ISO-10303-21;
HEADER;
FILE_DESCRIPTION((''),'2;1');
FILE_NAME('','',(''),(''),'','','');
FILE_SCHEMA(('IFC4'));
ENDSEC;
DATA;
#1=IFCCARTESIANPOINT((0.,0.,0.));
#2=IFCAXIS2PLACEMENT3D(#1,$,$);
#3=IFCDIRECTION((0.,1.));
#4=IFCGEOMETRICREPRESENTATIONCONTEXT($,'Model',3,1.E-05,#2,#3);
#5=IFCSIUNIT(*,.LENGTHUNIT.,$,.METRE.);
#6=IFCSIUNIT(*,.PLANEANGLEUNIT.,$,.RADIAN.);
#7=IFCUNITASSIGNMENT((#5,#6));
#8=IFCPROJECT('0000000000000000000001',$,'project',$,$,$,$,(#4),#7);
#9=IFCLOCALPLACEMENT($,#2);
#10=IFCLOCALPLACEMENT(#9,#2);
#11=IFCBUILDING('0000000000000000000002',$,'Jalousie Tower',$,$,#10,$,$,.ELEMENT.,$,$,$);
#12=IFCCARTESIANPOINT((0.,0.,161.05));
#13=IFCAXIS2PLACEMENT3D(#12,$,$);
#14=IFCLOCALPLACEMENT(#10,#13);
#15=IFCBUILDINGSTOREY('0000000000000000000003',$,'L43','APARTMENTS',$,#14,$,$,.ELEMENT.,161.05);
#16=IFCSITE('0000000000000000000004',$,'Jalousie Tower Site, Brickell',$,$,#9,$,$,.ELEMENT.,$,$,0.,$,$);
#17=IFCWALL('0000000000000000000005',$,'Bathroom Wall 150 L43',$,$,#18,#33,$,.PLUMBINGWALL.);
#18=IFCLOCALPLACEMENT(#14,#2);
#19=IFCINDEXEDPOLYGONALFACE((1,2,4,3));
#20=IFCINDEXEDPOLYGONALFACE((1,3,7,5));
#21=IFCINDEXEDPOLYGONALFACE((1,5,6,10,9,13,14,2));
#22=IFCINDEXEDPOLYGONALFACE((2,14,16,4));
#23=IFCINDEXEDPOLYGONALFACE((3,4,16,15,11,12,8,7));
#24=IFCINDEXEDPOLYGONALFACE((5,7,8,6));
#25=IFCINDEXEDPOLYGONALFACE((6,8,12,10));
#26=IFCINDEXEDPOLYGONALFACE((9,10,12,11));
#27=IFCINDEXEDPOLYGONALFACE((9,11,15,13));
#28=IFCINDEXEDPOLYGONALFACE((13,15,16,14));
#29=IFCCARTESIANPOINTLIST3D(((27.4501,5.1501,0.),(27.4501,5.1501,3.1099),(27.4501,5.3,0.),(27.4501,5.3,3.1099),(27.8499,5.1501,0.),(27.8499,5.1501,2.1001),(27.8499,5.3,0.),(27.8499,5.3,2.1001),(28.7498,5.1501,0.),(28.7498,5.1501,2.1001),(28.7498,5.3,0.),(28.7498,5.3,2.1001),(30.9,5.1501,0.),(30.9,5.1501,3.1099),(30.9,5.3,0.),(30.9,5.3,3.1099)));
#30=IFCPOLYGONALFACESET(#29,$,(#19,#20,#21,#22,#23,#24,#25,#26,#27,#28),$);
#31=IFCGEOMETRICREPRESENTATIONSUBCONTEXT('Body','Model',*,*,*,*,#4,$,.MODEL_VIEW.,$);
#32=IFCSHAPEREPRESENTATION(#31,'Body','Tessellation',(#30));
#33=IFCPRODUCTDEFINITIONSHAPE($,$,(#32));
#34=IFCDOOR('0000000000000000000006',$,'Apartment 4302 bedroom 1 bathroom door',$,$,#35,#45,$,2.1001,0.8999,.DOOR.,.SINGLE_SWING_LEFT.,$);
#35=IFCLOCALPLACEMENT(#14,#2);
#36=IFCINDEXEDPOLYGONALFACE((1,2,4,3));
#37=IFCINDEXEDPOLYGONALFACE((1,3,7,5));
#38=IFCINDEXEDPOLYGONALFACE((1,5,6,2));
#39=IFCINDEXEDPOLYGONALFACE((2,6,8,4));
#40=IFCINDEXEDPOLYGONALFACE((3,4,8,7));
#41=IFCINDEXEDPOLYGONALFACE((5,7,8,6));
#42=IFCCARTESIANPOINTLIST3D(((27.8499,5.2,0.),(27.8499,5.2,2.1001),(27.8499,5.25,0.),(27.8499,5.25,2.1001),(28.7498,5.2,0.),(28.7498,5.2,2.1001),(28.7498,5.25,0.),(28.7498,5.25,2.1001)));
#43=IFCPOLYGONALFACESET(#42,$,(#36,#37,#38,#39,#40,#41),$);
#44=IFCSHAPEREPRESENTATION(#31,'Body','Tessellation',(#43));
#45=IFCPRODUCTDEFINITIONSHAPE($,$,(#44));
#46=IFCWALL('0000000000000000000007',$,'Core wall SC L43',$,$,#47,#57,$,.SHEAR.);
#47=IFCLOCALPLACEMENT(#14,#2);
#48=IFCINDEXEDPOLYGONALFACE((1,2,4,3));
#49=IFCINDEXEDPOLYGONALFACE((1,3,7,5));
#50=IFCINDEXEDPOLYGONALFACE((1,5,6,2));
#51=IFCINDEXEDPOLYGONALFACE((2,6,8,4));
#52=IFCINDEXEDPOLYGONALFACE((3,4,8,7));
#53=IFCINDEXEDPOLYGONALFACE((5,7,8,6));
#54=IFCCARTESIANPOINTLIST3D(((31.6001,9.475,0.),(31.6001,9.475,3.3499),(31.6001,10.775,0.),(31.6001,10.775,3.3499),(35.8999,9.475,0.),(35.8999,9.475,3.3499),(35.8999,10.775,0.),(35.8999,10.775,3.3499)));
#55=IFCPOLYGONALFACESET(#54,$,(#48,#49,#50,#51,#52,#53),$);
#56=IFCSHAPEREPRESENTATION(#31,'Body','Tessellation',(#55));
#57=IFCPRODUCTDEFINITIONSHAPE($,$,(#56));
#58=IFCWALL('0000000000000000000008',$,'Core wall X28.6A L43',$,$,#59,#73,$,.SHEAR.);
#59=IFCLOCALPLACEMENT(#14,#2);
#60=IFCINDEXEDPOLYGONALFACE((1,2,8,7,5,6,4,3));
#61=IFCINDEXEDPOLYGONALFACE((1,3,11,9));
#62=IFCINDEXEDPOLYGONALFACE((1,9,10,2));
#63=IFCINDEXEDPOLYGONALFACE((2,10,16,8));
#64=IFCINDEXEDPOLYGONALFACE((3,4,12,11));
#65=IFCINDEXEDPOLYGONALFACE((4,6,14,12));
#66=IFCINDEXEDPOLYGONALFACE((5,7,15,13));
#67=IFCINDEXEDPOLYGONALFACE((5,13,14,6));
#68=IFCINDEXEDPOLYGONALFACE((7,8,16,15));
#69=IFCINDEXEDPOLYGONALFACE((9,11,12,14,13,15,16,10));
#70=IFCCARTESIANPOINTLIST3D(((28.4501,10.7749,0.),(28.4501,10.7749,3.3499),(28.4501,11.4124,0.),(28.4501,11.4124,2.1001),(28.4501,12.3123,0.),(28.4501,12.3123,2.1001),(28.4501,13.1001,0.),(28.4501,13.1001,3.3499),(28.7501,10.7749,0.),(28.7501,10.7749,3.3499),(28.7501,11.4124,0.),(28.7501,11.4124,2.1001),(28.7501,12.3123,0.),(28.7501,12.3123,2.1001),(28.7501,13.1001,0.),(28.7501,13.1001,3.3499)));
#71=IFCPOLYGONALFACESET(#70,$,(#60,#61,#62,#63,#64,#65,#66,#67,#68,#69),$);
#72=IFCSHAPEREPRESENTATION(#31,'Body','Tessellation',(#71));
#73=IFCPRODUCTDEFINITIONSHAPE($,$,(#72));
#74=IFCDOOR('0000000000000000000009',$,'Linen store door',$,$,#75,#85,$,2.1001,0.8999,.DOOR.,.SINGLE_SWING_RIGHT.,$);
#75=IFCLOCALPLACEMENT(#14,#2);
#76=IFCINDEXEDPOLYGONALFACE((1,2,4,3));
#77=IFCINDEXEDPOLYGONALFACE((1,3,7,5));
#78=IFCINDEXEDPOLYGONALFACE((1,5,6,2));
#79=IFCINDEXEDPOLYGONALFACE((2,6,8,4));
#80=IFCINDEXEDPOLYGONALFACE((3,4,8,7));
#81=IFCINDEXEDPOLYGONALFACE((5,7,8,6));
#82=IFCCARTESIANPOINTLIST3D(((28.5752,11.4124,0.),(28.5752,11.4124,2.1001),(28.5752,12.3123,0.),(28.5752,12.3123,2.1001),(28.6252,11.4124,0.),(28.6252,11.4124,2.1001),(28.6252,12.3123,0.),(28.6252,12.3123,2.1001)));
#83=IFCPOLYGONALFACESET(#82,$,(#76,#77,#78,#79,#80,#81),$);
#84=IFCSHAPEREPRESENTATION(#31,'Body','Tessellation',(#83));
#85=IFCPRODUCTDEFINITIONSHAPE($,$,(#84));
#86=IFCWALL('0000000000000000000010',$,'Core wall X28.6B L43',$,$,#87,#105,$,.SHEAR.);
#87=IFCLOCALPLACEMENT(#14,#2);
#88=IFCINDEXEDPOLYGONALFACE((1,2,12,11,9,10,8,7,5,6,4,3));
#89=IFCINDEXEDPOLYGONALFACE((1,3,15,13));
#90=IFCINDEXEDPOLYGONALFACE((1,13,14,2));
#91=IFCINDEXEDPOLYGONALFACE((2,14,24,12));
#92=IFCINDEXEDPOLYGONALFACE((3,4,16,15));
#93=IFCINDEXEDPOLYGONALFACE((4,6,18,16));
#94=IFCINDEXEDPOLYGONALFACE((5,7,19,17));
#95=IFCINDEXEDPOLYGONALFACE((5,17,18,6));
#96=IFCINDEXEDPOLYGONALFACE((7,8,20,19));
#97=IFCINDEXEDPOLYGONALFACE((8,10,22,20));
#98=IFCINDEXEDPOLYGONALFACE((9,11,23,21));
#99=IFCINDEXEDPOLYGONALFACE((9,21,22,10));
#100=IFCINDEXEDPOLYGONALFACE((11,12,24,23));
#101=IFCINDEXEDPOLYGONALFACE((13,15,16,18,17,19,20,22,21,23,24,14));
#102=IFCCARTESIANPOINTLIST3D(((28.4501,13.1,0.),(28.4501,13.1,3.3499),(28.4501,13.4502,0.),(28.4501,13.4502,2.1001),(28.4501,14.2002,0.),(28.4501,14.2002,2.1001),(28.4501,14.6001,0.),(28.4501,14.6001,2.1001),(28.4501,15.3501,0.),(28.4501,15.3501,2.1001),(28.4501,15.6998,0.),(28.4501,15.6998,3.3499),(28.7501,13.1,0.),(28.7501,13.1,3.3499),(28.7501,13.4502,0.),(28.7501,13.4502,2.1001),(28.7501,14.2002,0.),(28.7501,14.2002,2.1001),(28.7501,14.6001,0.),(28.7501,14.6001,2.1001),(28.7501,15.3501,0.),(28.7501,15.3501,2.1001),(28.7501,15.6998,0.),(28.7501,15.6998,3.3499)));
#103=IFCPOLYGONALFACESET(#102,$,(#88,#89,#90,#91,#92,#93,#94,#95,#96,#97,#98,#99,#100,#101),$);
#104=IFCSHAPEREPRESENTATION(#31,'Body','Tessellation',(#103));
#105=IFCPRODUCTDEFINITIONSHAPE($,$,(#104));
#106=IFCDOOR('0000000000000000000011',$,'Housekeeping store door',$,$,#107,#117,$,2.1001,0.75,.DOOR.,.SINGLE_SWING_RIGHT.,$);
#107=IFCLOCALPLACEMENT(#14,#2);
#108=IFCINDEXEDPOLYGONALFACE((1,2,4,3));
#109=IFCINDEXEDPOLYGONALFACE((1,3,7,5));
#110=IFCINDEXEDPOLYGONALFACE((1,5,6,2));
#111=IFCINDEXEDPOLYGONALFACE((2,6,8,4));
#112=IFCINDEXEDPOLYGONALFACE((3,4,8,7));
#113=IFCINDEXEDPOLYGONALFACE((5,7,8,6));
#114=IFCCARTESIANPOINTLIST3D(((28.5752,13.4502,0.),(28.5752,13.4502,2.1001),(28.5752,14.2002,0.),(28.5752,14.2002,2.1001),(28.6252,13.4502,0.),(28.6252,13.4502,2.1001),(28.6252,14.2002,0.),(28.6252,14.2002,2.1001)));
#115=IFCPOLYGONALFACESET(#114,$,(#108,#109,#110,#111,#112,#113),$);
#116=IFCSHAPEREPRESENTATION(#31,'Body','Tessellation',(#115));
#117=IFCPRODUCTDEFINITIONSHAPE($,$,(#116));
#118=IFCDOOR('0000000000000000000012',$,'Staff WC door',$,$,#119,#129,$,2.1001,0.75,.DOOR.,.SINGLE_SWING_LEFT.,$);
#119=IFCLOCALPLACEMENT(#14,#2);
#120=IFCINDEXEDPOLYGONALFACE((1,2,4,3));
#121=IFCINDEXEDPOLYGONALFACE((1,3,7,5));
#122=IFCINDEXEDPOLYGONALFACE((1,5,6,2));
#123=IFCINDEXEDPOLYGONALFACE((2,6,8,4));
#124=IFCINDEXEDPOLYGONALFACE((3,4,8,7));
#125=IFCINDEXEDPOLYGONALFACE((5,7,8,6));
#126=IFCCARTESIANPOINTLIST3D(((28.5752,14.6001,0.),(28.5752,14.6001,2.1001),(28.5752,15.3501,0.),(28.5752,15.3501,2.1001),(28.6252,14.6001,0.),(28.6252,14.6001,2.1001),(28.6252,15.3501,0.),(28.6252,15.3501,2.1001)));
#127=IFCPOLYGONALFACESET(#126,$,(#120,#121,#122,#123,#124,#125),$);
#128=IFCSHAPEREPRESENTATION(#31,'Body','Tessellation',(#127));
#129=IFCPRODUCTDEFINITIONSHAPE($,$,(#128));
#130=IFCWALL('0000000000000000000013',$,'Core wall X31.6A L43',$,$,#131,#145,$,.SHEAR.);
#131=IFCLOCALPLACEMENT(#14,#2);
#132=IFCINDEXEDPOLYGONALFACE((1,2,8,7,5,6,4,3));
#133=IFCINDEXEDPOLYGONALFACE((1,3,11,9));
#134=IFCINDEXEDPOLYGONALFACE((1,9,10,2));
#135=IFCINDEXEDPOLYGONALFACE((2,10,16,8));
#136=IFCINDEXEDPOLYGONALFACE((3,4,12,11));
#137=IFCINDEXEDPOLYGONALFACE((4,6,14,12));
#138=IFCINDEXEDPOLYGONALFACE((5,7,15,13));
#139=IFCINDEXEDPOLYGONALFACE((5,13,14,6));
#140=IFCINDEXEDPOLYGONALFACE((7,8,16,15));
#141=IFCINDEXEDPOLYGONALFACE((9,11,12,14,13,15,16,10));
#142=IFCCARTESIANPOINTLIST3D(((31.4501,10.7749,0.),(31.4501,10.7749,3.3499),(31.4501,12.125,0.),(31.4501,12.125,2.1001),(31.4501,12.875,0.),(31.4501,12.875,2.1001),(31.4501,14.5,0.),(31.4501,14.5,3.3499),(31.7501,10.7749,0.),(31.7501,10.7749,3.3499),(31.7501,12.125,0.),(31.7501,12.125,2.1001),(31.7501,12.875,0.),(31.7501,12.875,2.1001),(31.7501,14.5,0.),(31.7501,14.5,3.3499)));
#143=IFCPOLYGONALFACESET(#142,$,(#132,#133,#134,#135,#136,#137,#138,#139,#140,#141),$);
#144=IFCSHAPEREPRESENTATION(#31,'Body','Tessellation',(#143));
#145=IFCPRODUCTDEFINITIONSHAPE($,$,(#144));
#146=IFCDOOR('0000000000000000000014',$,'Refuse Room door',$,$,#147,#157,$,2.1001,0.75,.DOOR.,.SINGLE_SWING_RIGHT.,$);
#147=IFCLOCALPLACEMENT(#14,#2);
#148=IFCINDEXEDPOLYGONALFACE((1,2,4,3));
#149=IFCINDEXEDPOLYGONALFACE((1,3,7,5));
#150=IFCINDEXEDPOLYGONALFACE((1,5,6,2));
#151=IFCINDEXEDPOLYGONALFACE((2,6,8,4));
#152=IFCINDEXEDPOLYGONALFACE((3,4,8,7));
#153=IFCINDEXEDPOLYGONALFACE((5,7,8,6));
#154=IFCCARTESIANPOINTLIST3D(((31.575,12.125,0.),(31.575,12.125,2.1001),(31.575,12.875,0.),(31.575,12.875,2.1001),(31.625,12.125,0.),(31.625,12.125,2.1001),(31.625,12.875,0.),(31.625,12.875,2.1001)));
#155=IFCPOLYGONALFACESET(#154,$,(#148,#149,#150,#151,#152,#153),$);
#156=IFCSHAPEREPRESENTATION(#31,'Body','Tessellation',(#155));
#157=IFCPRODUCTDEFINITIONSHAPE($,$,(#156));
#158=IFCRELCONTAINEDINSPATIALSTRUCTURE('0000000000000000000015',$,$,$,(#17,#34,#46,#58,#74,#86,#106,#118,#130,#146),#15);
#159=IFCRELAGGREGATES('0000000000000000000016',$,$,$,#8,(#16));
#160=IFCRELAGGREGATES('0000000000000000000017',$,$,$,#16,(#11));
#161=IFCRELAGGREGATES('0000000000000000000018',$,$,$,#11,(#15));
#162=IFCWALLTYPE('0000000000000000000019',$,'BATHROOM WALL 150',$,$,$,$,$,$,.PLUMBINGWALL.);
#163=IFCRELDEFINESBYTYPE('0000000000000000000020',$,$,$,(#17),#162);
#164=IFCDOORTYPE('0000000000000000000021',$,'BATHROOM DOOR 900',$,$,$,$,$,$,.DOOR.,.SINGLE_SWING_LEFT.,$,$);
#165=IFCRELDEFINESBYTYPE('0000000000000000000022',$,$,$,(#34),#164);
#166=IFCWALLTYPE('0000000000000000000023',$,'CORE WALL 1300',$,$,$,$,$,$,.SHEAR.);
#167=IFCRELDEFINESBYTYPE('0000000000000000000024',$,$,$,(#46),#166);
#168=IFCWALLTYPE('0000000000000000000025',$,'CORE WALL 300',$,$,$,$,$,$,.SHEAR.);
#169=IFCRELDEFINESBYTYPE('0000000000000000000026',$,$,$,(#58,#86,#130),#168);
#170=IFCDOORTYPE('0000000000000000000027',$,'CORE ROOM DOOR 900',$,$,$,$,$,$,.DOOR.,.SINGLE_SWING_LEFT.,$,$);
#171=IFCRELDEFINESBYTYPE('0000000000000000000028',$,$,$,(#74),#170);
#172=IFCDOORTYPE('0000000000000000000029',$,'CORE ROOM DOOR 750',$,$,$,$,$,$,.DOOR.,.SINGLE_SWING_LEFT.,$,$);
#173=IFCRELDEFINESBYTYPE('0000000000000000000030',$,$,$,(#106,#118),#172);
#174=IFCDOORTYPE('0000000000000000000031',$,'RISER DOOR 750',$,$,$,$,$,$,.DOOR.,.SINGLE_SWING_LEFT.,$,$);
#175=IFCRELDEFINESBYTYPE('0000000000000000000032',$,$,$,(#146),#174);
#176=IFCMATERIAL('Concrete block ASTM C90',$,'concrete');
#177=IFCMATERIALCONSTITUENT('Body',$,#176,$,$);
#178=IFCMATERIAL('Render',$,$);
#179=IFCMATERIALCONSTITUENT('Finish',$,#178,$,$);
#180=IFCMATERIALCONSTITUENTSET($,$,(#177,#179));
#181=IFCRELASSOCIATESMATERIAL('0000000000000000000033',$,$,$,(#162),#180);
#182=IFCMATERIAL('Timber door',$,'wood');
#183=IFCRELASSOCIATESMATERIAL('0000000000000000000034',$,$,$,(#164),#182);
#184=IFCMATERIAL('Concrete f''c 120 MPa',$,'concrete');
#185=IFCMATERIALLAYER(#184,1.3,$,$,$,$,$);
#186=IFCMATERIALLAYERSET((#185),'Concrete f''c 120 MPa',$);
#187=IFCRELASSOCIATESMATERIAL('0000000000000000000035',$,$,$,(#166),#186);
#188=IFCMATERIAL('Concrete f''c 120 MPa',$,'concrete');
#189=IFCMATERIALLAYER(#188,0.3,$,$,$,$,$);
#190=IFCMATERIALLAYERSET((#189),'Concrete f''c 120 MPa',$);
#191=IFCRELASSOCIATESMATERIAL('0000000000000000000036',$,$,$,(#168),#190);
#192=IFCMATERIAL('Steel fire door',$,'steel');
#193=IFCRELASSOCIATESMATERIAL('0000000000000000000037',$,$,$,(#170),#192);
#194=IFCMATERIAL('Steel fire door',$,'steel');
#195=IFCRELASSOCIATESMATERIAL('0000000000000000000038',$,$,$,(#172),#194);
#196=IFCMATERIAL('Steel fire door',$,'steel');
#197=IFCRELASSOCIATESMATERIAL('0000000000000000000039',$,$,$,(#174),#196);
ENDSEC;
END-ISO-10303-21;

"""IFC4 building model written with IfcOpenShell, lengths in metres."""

from ifc_helpers import new_model, si_unit, direction, frame, frame_2d, origin, place, context, subcontext, project, spatial, rectangle, extrude, material, layer, layer_set, constituent, constituent_set, type_object, element, fill, save


model = new_model("IFC4")

# Units and contexts
model_context = context("Model", 3, precision=1e-05, world=origin(), true_north=direction((0.0, 1.0)))
body_context = subcontext(model_context, "Body", "Model", "MODEL_VIEW")
ifc_project = project(units=[si_unit("LENGTHUNIT", "METRE"), si_unit("PLANEANGLEUNIT", "RADIAN")], contexts=[model_context])

# Site, building, storey
site_placement = place(None, origin())
site = spatial("IfcSite", under=ifc_project, at=site_placement, Name="Jalousie Tower Site, Brickell", CompositionType="ELEMENT", RefElevation=0.0)
building_placement = place(site_placement, origin())
building = spatial("IfcBuilding", under=site, at=building_placement, Name="Jalousie Tower", CompositionType="ELEMENT")
storey_placement = place(building_placement, frame((0.0, 0.0, 161.05)))
storey = spatial("IfcBuildingStorey", under=building, at=storey_placement, Name="L43", Description="APARTMENTS", CompositionType="ELEMENT", Elevation=161.05)

# Wall, opening, door
ifc_material_1 = material(Name="Concrete block ASTM C90", Category="concrete")
ifc_constituent_1 = constituent(ifc_material_1, Name="Body")
ifc_material_2 = material(Name="Render")
ifc_constituent_2 = constituent(ifc_material_2, Name="Finish")
ifc_constituent_set_1 = constituent_set(constituents=[ifc_constituent_1, ifc_constituent_2])
wall_type_1 = type_object("IfcWallType", Name="BATHROOM WALL 150", PredefinedType="PLUMBINGWALL", material=ifc_constituent_set_1)
wall_1_placement = place(storey_placement, frame((27.45, 5.2251, 0.0), z_axis=(0.0, 0.0, 1.0), x_axis=(1.0, 0.0, 0.0)))
wall_1 = element("IfcWall", 1, at=wall_1_placement, inside=storey, type_object=wall_type_1, Name="Bathroom Wall 150 L43", PredefinedType="PLUMBINGWALL", context=body_context, shape_type="SweptSolid", body=[
    extrude(rectangle(XDim=3.45, YDim=0.1499, at=frame_2d((1.7251, 0.0))), origin(), (0.0, 0.0, 1.0), 3.1099),
])
opening_1_placement = place(wall_1_placement, frame((0.3999, 0.0, 0.0)))
opening_1 = element("IfcOpeningElement", 2, at=opening_1_placement, cuts=wall_1, PredefinedType="OPENING", context=body_context, shape_type="SweptSolid", body=[
    extrude(rectangle(XDim=0.8999, YDim=2.1001, at=frame_2d((0.45, 1.05))), frame((0.0, 0.085, 0.0), z_axis=(0.0, -1.0, 0.0), x_axis=(1.0, 0.0, 0.0)), (0.0, 0.0, 1.0), 0.1699),
])
ifc_material_3 = material(Name="Timber door", Category="wood")
door_type_1 = type_object("IfcDoorType", Name="BATHROOM DOOR 900", OperationType="SINGLE_SWING_LEFT", PredefinedType="DOOR", material=ifc_material_3)
door_1_placement = place(opening_1_placement, origin())
door_1 = element("IfcDoor", 3, at=door_1_placement, inside=storey, type_object=door_type_1, Name="Apartment 4302 bedroom 1 bathroom door", OperationType="SINGLE_SWING_LEFT", OverallHeight=2.1001, OverallWidth=0.8999, PredefinedType="DOOR", context=body_context, shape_type="SweptSolid", body=[
    extrude(rectangle(XDim=0.8999, YDim=2.1001, at=frame_2d((0.45, 1.05))), frame((0.0, 0.0249, 0.0), z_axis=(0.0, -1.0, 0.0), x_axis=(1.0, 0.0, 0.0)), (0.0, 0.0, 1.0), 0.05),
])
fill(opening_1, door_1)

# Wall
ifc_material_4 = material(Name="Concrete f'c 120 MPa", Category="concrete")
ifc_layer_1 = layer(ifc_material_4, 1.3)
ifc_layer_set_1 = layer_set([ifc_layer_1], Name="Concrete f'c 120 MPa")
wall_type_2 = type_object("IfcWallType", Name="CORE WALL 1300", PredefinedType="SHEAR", material=ifc_layer_set_1)
wall_2_placement = place(storey_placement, frame((31.6001, 10.125, 0.0), z_axis=(0.0, 0.0, 1.0), x_axis=(1.0, 0.0, 0.0)))
element("IfcWall", 4, at=wall_2_placement, inside=storey, type_object=wall_type_2, Name="Core wall SC L43", PredefinedType="SHEAR", context=body_context, shape_type="SweptSolid", body=[
    extrude(rectangle(XDim=4.2998, YDim=1.3, at=frame_2d((2.1499, 0.0))), origin(), (0.0, 0.0, 1.0), 3.3499),
])

# Wall, opening, door
ifc_material_5 = material(Name="Concrete f'c 120 MPa", Category="concrete")
ifc_layer_2 = layer(ifc_material_5, 0.3)
ifc_layer_set_2 = layer_set([ifc_layer_2], Name="Concrete f'c 120 MPa")
wall_type_3 = type_object("IfcWallType", Name="CORE WALL 300", PredefinedType="SHEAR", material=ifc_layer_set_2)
wall_3_placement = place(storey_placement, frame((28.6001, 10.7749, 0.0), z_axis=(0.0, 0.0, 1.0), x_axis=(0.0, 1.0, 0.0)))
wall_3 = element("IfcWall", 5, at=wall_3_placement, inside=storey, type_object=wall_type_3, Name="Core wall X28.6A L43", PredefinedType="SHEAR", context=body_context, shape_type="SweptSolid", body=[
    extrude(rectangle(XDim=2.3252, YDim=0.3, at=frame_2d((1.1626, 0.0))), origin(), (0.0, 0.0, 1.0), 3.3499),
])
opening_2_placement = place(wall_3_placement, frame((0.6375, 0.0, 0.0)))
opening_2 = element("IfcOpeningElement", 6, at=opening_2_placement, cuts=wall_3, PredefinedType="OPENING", context=body_context, shape_type="SweptSolid", body=[
    extrude(rectangle(XDim=0.8999, YDim=2.1001, at=frame_2d((0.45, 1.05))), frame((0.0, 0.1599, 0.0), z_axis=(0.0, -1.0, 0.0), x_axis=(1.0, 0.0, 0.0)), (0.0, 0.0, 1.0), 0.3201),
])
ifc_material_6 = material(Name="Steel fire door", Category="steel")
door_type_2 = type_object("IfcDoorType", Name="CORE ROOM DOOR 900", OperationType="SINGLE_SWING_LEFT", PredefinedType="DOOR", material=ifc_material_6)
door_2_placement = place(opening_2_placement, origin())
door_2 = element("IfcDoor", 7, at=door_2_placement, inside=storey, type_object=door_type_2, Name="Linen store door", OperationType="SINGLE_SWING_RIGHT", OverallHeight=2.1001, OverallWidth=0.8999, PredefinedType="DOOR", context=body_context, shape_type="SweptSolid", body=[
    extrude(rectangle(XDim=0.8999, YDim=2.1001, at=frame_2d((0.45, 1.05))), frame((0.0, 0.0249, 0.0), z_axis=(0.0, -1.0, 0.0), x_axis=(1.0, 0.0, 0.0)), (0.0, 0.0, 1.0), 0.05),
])
fill(opening_2, door_2)

# Wall, openings, doors
wall_4_placement = place(storey_placement, frame((28.6001, 13.1001, 0.0), z_axis=(0.0, 0.0, 1.0), x_axis=(0.0, 1.0, 0.0)))
wall_4 = element("IfcWall", 8, at=wall_4_placement, inside=storey, type_object=wall_type_3, Name="Core wall X28.6B L43", PredefinedType="SHEAR", context=body_context, shape_type="SweptSolid", body=[
    extrude(rectangle(XDim=2.5999, YDim=0.3, at=frame_2d((1.2998, 0.0))), origin(), (0.0, 0.0, 1.0), 3.3499),
])
opening_3_placement = place(wall_4_placement, frame((0.3501, 0.0, 0.0)))
opening_3 = element("IfcOpeningElement", 9, at=opening_3_placement, cuts=wall_4, PredefinedType="OPENING", context=body_context, shape_type="SweptSolid", body=[
    extrude(rectangle(XDim=0.75, YDim=2.1001, at=frame_2d((0.375, 1.05))), frame((0.0, 0.1599, 0.0), z_axis=(0.0, -1.0, 0.0), x_axis=(1.0, 0.0, 0.0)), (0.0, 0.0, 1.0), 0.3201),
])
opening_4_placement = place(wall_4_placement, frame((1.5, 0.0, 0.0)))
opening_4 = element("IfcOpeningElement", 10, at=opening_4_placement, cuts=wall_4, PredefinedType="OPENING", context=body_context, shape_type="SweptSolid", body=[
    extrude(rectangle(XDim=0.75, YDim=2.1001, at=frame_2d((0.375, 1.05))), frame((0.0, 0.1599, 0.0), z_axis=(0.0, -1.0, 0.0), x_axis=(1.0, 0.0, 0.0)), (0.0, 0.0, 1.0), 0.3201),
])
ifc_material_7 = material(Name="Steel fire door", Category="steel")
door_type_3 = type_object("IfcDoorType", Name="CORE ROOM DOOR 750", OperationType="SINGLE_SWING_LEFT", PredefinedType="DOOR", material=ifc_material_7)
door_3_placement = place(opening_3_placement, origin())
door_3 = element("IfcDoor", 11, at=door_3_placement, inside=storey, type_object=door_type_3, Name="Housekeeping store door", OperationType="SINGLE_SWING_RIGHT", OverallHeight=2.1001, OverallWidth=0.75, PredefinedType="DOOR", context=body_context, shape_type="SweptSolid", body=[
    extrude(rectangle(XDim=0.75, YDim=2.1001, at=frame_2d((0.375, 1.05))), frame((0.0, 0.0249, 0.0), z_axis=(0.0, -1.0, 0.0), x_axis=(1.0, 0.0, 0.0)), (0.0, 0.0, 1.0), 0.05),
])
fill(opening_3, door_3)
door_4_placement = place(opening_4_placement, origin())
door_4 = element("IfcDoor", 12, at=door_4_placement, inside=storey, type_object=door_type_3, Name="Staff WC door", OperationType="SINGLE_SWING_LEFT", OverallHeight=2.1001, OverallWidth=0.75, PredefinedType="DOOR", context=body_context, shape_type="SweptSolid", body=[
    extrude(rectangle(XDim=0.75, YDim=2.1001, at=frame_2d((0.375, 1.05))), frame((0.0, 0.0249, 0.0), z_axis=(0.0, -1.0, 0.0), x_axis=(1.0, 0.0, 0.0)), (0.0, 0.0, 1.0), 0.05),
])
fill(opening_4, door_4)

# Wall, opening, door
wall_5_placement = place(storey_placement, frame((31.6001, 10.7749, 0.0), z_axis=(0.0, 0.0, 1.0), x_axis=(0.0, 1.0, 0.0)))
wall_5 = element("IfcWall", 13, at=wall_5_placement, inside=storey, type_object=wall_type_3, Name="Core wall X31.6A L43", PredefinedType="SHEAR", context=body_context, shape_type="SweptSolid", body=[
    extrude(rectangle(XDim=3.7251, YDim=0.3, at=frame_2d((1.8625, 0.0))), origin(), (0.0, 0.0, 1.0), 3.3499),
])
opening_5_placement = place(wall_5_placement, frame((1.3501, 0.0, 0.0)))
opening_5 = element("IfcOpeningElement", 14, at=opening_5_placement, cuts=wall_5, PredefinedType="OPENING", context=body_context, shape_type="SweptSolid", body=[
    extrude(rectangle(XDim=0.75, YDim=2.1001, at=frame_2d((0.375, 1.05))), frame((0.0, 0.1599, 0.0), z_axis=(0.0, -1.0, 0.0), x_axis=(1.0, 0.0, 0.0)), (0.0, 0.0, 1.0), 0.3201),
])
ifc_material_8 = material(Name="Steel fire door", Category="steel")
door_type_4 = type_object("IfcDoorType", Name="RISER DOOR 750", OperationType="SINGLE_SWING_LEFT", PredefinedType="DOOR", material=ifc_material_8)
door_5_placement = place(opening_5_placement, frame((0.75, 0.0, 0.0), z_axis=(0.0, 0.0, 1.0), x_axis=(-1.0, 0.0, 0.0)))
door_5 = element("IfcDoor", 15, at=door_5_placement, inside=storey, type_object=door_type_4, Name="Refuse Room door", OperationType="SINGLE_SWING_RIGHT", OverallHeight=2.1001, OverallWidth=0.75, PredefinedType="DOOR", context=body_context, shape_type="SweptSolid", body=[
    extrude(rectangle(XDim=0.75, YDim=2.1001, at=frame_2d((0.375, 1.05))), frame((0.0, 0.0249, 0.0), z_axis=(0.0, -1.0, 0.0), x_axis=(1.0, 0.0, 0.0)), (0.0, 0.0, 1.0), 0.05),
])
fill(opening_5, door_5)

save(model, "model.ifc")
